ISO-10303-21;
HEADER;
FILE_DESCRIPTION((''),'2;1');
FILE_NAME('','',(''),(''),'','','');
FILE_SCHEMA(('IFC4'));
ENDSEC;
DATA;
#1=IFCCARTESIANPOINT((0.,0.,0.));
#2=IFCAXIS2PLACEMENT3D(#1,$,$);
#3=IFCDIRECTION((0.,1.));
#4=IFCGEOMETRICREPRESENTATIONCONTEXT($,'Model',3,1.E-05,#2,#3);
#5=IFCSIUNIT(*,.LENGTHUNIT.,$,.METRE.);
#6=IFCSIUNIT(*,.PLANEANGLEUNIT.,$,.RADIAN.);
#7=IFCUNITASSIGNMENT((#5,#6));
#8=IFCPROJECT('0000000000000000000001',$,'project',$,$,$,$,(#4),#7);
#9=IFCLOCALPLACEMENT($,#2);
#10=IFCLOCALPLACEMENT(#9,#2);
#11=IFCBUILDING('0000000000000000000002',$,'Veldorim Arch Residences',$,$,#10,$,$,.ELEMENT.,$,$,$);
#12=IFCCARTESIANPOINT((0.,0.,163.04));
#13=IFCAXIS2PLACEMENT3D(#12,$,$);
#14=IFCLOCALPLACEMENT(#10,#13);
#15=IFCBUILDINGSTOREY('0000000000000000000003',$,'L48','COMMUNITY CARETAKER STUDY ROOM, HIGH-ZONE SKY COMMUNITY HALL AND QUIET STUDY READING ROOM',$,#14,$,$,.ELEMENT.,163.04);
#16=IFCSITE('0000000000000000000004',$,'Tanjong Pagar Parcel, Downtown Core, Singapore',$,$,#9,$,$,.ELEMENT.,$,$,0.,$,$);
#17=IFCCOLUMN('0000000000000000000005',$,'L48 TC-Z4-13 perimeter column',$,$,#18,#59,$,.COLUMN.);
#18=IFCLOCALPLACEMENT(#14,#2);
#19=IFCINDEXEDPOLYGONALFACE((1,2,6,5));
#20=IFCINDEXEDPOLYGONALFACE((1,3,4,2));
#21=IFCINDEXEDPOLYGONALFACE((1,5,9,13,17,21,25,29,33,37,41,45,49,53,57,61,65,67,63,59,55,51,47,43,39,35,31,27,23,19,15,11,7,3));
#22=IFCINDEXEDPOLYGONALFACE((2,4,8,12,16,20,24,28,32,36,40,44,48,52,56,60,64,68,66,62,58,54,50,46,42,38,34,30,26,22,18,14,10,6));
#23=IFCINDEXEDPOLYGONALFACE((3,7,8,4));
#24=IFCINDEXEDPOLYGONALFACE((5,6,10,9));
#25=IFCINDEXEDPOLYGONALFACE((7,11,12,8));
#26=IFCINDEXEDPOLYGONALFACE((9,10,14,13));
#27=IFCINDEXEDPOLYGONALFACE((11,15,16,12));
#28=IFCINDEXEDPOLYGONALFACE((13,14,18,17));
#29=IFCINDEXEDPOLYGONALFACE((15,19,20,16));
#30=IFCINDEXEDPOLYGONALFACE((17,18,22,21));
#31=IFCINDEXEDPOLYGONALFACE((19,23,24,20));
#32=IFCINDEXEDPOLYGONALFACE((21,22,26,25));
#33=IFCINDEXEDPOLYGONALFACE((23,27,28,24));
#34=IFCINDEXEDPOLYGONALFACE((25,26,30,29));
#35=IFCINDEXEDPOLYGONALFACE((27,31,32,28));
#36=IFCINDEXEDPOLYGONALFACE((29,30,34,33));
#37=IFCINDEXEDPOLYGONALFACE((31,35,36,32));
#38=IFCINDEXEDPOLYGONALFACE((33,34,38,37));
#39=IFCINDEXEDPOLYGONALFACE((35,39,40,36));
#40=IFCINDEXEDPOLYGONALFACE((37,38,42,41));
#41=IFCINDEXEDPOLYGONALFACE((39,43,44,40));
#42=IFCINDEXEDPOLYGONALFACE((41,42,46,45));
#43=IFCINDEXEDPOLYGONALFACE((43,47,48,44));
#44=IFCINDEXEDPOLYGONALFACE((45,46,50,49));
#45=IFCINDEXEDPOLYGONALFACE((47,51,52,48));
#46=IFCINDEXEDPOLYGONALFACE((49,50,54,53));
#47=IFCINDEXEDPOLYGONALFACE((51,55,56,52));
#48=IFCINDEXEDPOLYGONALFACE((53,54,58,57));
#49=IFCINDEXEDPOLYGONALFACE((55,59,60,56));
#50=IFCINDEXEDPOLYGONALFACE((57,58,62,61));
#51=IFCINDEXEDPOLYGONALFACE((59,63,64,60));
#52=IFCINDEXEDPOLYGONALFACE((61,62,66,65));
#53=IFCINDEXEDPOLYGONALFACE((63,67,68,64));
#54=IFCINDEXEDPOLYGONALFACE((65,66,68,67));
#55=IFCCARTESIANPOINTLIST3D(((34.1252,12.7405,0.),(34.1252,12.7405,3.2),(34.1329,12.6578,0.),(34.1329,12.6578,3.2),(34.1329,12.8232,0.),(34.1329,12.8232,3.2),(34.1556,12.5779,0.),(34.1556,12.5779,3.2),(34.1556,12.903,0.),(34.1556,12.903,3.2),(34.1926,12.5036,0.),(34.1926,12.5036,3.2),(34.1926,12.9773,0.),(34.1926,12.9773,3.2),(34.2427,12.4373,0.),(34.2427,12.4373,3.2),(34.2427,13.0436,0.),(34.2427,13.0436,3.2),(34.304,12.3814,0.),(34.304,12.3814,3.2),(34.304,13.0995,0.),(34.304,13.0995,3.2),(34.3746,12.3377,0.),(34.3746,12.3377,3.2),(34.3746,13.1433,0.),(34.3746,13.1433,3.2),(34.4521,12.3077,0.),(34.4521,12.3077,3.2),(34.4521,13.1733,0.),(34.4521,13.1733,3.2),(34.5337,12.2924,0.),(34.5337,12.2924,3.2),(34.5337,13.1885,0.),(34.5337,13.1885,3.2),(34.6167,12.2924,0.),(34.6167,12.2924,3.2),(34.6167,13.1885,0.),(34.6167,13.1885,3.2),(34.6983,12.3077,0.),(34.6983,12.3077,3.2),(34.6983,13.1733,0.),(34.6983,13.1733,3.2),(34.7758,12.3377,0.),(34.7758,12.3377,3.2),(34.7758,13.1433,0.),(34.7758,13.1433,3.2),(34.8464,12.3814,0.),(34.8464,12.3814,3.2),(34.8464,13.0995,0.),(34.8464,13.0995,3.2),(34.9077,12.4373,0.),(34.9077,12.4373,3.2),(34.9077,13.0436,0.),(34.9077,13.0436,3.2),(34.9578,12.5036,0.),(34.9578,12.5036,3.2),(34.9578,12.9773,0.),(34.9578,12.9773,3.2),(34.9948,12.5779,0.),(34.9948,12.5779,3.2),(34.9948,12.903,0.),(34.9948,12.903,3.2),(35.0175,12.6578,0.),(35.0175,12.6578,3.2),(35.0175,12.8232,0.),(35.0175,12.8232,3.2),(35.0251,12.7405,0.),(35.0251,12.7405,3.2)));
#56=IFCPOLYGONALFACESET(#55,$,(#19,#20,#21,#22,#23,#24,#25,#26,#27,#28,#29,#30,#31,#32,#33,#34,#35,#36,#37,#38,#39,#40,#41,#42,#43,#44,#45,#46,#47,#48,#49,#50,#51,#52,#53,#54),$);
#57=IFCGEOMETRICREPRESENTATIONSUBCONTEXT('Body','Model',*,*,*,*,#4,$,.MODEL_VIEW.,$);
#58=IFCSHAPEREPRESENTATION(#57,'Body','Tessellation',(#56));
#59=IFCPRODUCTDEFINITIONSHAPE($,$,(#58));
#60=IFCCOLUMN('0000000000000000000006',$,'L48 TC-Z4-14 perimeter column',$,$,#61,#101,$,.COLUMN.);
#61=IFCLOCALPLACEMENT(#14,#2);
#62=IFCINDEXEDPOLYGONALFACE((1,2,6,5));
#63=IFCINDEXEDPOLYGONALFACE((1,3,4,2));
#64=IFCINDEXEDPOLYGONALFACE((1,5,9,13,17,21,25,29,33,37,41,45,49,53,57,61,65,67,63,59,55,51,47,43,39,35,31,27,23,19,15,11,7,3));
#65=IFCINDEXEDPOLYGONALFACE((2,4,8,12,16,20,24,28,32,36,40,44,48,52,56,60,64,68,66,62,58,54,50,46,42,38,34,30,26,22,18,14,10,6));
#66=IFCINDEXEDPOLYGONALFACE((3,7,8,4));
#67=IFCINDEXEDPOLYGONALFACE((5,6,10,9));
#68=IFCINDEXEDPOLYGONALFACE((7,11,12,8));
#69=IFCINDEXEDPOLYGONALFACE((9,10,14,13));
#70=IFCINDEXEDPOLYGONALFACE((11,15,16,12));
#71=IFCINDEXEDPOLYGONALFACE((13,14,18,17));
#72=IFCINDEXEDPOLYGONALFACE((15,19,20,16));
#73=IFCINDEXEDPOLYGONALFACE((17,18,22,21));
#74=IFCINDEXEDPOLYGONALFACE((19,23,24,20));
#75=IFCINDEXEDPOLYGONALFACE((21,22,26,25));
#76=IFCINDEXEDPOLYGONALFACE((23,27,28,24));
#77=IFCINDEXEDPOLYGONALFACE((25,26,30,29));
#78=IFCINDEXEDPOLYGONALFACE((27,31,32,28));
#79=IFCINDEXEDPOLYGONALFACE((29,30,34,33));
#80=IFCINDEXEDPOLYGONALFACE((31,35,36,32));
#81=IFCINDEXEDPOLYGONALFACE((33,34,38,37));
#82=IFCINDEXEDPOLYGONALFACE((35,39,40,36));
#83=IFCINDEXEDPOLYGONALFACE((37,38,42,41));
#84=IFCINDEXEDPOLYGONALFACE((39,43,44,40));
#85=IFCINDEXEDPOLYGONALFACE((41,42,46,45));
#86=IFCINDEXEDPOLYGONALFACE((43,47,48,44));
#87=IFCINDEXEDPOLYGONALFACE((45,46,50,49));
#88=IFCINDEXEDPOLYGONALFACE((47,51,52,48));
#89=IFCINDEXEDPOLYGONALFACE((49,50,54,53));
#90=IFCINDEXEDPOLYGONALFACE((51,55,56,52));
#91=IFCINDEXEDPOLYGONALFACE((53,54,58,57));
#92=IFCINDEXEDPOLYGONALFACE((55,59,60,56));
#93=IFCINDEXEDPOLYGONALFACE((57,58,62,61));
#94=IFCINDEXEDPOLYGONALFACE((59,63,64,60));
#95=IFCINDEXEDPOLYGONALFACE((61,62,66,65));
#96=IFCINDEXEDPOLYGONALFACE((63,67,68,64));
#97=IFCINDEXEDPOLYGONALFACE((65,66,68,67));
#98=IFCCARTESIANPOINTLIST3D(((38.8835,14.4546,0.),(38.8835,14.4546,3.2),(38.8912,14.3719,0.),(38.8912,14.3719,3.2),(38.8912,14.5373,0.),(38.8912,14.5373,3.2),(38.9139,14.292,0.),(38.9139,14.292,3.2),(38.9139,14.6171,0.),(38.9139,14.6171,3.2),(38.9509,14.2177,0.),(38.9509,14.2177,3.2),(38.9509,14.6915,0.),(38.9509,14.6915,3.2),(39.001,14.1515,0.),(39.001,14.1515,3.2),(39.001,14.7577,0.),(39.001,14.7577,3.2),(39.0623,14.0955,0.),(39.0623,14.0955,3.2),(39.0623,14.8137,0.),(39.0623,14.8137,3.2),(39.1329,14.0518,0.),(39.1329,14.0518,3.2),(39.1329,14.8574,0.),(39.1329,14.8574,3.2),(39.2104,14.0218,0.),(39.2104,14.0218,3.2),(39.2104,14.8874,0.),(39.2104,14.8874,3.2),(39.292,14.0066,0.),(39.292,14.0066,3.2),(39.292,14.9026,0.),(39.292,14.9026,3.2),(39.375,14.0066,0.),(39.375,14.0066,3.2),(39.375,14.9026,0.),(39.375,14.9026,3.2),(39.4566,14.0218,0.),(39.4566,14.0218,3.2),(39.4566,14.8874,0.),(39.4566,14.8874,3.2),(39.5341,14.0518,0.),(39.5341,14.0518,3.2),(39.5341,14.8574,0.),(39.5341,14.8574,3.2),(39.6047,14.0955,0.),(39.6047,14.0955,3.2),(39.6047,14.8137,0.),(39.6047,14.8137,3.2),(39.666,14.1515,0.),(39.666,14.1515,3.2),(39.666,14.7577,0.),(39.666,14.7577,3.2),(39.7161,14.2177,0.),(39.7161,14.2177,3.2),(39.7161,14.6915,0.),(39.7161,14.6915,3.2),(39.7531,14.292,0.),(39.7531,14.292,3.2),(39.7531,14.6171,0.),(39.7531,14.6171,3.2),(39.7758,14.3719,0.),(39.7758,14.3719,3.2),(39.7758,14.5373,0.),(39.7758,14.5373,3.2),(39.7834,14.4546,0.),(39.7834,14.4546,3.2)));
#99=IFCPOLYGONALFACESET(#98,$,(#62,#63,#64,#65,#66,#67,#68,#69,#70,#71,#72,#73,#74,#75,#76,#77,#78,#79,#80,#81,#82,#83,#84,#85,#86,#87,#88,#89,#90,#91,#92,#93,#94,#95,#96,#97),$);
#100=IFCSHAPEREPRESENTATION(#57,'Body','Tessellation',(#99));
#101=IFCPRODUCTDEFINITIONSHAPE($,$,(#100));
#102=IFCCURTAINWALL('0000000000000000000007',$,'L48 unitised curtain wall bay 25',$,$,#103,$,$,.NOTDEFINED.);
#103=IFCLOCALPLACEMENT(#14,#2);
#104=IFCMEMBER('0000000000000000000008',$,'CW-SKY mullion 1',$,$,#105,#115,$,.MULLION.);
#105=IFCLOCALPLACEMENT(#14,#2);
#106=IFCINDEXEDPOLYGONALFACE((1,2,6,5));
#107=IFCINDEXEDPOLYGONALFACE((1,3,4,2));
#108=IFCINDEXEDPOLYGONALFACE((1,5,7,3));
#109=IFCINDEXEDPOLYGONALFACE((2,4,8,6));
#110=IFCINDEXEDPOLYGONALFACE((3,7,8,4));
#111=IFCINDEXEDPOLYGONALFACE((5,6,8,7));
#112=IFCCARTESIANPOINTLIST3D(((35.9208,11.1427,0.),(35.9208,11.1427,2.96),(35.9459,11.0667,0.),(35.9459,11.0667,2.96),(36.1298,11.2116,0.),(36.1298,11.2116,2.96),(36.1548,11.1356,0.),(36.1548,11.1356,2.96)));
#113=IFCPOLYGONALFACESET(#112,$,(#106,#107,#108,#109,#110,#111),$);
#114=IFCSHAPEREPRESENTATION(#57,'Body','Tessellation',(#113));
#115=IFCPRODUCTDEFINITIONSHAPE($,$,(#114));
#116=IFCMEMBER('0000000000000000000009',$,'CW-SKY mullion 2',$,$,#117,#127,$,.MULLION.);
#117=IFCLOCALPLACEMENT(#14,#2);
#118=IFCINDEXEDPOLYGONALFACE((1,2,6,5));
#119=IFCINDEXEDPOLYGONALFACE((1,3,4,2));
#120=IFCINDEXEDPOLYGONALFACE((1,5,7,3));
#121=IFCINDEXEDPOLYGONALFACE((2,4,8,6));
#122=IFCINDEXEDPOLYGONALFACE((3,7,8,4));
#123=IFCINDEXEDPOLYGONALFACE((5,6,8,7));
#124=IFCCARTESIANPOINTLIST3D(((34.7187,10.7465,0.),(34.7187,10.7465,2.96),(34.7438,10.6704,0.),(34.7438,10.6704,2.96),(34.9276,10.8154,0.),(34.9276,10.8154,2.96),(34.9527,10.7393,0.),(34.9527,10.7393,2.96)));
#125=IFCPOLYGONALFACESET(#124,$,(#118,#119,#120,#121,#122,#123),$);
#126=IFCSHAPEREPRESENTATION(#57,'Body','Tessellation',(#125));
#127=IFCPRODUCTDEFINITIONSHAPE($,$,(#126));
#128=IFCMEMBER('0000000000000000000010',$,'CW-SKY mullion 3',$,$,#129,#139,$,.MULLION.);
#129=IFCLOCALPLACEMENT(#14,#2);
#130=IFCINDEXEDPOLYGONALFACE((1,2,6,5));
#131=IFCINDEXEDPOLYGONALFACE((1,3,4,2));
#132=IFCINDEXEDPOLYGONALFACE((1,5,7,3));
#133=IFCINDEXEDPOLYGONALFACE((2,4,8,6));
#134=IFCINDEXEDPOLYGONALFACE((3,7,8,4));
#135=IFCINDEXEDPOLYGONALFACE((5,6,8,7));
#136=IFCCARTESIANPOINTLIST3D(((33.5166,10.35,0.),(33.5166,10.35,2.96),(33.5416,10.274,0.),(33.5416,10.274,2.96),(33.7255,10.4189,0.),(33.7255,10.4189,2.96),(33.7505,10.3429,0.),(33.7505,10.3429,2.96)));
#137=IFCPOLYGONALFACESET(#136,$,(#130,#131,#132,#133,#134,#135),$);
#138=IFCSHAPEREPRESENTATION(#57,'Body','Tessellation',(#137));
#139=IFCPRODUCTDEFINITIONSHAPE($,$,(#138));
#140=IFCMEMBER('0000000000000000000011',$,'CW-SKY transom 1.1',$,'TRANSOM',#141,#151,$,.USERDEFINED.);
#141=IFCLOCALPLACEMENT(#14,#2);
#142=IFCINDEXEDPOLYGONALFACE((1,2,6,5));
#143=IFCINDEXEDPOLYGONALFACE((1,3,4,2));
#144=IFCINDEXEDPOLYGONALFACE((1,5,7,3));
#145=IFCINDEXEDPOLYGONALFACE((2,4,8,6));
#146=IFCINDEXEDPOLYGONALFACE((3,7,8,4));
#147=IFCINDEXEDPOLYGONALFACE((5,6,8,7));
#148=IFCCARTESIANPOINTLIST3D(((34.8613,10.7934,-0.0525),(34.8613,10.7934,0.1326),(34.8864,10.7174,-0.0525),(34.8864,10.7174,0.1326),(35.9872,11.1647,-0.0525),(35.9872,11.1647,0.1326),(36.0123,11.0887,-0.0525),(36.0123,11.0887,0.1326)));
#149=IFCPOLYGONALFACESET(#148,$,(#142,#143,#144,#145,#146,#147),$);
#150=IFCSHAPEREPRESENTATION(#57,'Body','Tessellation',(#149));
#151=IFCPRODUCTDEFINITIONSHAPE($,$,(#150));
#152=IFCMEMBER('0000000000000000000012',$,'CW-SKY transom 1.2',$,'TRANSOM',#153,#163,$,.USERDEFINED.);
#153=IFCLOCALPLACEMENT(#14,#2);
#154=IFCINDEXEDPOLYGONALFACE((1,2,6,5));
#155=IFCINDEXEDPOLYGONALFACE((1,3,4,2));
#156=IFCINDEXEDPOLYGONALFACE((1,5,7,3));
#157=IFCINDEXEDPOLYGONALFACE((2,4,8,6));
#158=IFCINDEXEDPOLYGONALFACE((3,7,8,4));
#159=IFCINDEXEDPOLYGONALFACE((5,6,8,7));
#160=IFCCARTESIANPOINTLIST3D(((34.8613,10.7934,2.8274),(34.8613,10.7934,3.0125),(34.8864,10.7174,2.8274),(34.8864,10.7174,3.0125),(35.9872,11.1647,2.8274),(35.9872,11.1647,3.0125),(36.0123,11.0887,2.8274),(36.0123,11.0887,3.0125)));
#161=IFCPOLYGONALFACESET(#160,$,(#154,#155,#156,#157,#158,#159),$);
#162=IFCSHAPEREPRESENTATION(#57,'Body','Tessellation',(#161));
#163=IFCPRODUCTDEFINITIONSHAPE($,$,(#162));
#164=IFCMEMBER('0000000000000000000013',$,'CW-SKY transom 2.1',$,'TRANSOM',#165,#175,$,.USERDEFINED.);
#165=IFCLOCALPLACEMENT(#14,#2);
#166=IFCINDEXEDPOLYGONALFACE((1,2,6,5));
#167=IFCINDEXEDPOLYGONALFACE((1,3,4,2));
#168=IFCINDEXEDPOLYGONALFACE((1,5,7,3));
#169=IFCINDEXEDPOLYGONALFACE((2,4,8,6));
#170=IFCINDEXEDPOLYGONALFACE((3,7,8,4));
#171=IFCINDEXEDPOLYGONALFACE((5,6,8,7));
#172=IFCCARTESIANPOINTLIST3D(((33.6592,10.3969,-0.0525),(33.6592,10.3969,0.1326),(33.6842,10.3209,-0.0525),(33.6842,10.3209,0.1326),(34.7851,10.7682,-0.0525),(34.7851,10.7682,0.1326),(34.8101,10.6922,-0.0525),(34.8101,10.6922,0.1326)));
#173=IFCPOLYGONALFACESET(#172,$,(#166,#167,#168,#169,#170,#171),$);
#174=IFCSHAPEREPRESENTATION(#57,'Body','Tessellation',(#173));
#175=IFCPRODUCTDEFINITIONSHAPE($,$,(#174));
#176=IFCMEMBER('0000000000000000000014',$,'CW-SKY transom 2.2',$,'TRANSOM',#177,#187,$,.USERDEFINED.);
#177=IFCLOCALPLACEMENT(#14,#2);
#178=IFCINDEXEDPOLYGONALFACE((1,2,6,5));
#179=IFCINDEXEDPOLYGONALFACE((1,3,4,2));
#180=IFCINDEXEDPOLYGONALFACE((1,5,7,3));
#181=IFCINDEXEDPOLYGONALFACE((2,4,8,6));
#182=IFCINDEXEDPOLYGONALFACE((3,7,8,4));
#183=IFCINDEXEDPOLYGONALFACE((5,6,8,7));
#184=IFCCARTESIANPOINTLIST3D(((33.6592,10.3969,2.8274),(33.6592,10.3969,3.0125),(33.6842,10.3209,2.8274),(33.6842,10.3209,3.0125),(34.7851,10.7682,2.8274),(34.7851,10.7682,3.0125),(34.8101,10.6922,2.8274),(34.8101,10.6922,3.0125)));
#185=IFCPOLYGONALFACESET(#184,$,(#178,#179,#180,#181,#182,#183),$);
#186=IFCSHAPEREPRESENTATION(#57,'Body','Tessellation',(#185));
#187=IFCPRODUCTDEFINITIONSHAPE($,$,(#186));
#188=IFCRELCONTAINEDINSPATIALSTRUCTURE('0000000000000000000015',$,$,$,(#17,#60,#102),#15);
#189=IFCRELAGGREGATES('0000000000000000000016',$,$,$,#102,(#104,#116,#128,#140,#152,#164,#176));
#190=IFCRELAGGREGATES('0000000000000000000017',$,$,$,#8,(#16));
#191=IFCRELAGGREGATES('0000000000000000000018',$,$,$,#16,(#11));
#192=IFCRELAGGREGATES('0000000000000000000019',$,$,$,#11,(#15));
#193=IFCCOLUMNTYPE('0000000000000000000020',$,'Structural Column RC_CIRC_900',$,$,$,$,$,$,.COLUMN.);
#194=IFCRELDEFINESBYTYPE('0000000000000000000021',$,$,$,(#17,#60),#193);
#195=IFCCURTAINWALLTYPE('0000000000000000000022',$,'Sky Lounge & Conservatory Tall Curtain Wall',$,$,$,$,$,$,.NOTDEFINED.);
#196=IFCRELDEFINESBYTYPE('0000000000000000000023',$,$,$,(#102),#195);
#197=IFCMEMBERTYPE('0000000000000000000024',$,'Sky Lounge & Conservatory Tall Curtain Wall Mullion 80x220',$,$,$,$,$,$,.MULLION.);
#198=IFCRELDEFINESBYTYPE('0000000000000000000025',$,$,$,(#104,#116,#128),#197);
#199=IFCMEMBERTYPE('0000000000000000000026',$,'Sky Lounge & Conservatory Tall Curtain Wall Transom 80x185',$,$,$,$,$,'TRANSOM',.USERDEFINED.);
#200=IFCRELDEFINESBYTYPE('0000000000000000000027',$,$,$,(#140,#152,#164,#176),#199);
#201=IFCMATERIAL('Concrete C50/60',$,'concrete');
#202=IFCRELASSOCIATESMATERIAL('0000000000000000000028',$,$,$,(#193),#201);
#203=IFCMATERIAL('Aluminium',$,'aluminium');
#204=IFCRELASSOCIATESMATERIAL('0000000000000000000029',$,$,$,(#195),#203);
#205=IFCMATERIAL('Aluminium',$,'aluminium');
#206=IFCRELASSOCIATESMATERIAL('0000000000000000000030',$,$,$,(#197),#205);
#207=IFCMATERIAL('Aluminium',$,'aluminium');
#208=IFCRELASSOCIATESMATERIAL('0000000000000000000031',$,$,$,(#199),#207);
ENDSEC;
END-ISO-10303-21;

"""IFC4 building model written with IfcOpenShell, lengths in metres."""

from ifc_helpers import new_model, si_unit, direction, frame, origin, origin_2d, place, context, subcontext, project, spatial, rectangle, circle, extrude, material, material_profile, profile_set, type_object, element, aggregate, save


model = new_model("IFC4")

# Units and contexts
model_context = context("Model", 3, precision=1e-05, world=origin(), true_north=direction((0.0, 1.0)))
body_context = subcontext(model_context, "Body", "Model", "MODEL_VIEW")
ifc_project = project(units=[si_unit("LENGTHUNIT", "METRE"), si_unit("PLANEANGLEUNIT", "RADIAN")], contexts=[model_context])

# Site, building, storey
site_placement = place(None, origin())
site = spatial("IfcSite", under=ifc_project, at=site_placement, Name="Tanjong Pagar Parcel, Downtown Core, Singapore", CompositionType="ELEMENT", RefElevation=0.0)
building_placement = place(site_placement, origin())
building = spatial("IfcBuilding", under=site, at=building_placement, Name="Veldorim Arch Residences", CompositionType="ELEMENT")
storey_placement = place(building_placement, frame((0.0, 0.0, 163.04)))
storey = spatial("IfcBuildingStorey", under=building, at=storey_placement, Name="L48", Description="COMMUNITY CARETAKER STUDY ROOM, HIGH-ZONE SKY COMMUNITY HALL AND QUIET STUDY READING ROOM", CompositionType="ELEMENT", Elevation=163.04)

# Columns
ifc_material_1 = material(Name="Concrete C50/60", Category="concrete")
ifc_material_profile_1 = material_profile(ifc_material_1, circle(Radius=0.45, at=origin_2d()), Name="RC_CIRC_900")
ifc_profile_set_1 = profile_set([ifc_material_profile_1], Name="Concrete C50/60")
column_type = type_object("IfcColumnType", Name="Structural Column RC_CIRC_900", PredefinedType="COLUMN", material=ifc_profile_set_1)
for number, where, z_axis, x_axis, name in (
    (1, (34.5752, 12.7405, 0.0), (0.0, 0.0, 1.0), (1.0, 0.0, 0.0), "L48 TC-Z4-13 perimeter column"),
    (2, (39.3335, 14.4546, 0.0), (0.0, 0.0, 1.0), (1.0, 0.0, 0.0), "L48 TC-Z4-14 perimeter column"),
):
    element("IfcColumn", number, at=place(storey_placement, frame(where, z_axis=z_axis, x_axis=x_axis)), inside=storey, type_object=column_type, Name=name, PredefinedType="COLUMN", context=body_context, shape_type="SweptSolid", body=[
        extrude(circle(Radius=0.45, at=origin_2d()), origin(), (0.0, 0.0, 1.0), 3.2),
    ])

# Curtain wall, members
ifc_material_2 = material(Name="Aluminium", Category="aluminium")
curtain_wall_type = type_object("IfcCurtainWallType", Name="Sky Lounge & Conservatory Tall Curtain Wall", PredefinedType="NOTDEFINED", material=ifc_material_2)
curtain_wall_placement = place(storey_placement, origin())
curtain_wall = element("IfcCurtainWall", 3, at=curtain_wall_placement, inside=storey, type_object=curtain_wall_type, Name="L48 unitised curtain wall bay 25", PredefinedType="NOTDEFINED")
ifc_material_3 = material(Name="Aluminium", Category="aluminium")
ifc_material_profile_2 = material_profile(ifc_material_3, rectangle(XDim=0.0801, YDim=0.22, at=origin_2d()), Name="ALU_MUL_80x220")
ifc_profile_set_2 = profile_set([ifc_material_profile_2], Name="Aluminium")
member_type_1 = type_object("IfcMemberType", Name="Sky Lounge & Conservatory Tall Curtain Wall Mullion 80x220", PredefinedType="MULLION", material=ifc_profile_set_2)
member_1_placement = place(storey_placement, frame((36.0378, 11.1392, 0.0), z_axis=(0.0, 0.0, 1.0), x_axis=(0.313182, -0.949693, 0.0)))
member_1 = element("IfcMember", 4, at=member_1_placement, type_object=member_type_1, Name="CW-SKY mullion 1", PredefinedType="MULLION", context=body_context, shape_type="SweptSolid", body=[
    extrude(rectangle(XDim=0.0801, YDim=0.22, at=origin_2d()), origin(), (0.0, 0.0, 1.0), 2.96),
])
member_2_placement = place(storey_placement, frame((34.8357, 10.7429, 0.0), z_axis=(0.0, 0.0, 1.0), x_axis=(0.313182, -0.949693, 0.0)))
member_2 = element("IfcMember", 5, at=member_2_placement, type_object=member_type_1, Name="CW-SKY mullion 2", PredefinedType="MULLION", context=body_context, shape_type="SweptSolid", body=[
    extrude(rectangle(XDim=0.0801, YDim=0.22, at=origin_2d()), origin(), (0.0, 0.0, 1.0), 2.96),
])
member_3_placement = place(storey_placement, frame((33.6335, 10.3464, 0.0), z_axis=(0.0, 0.0, 1.0), x_axis=(0.313182, -0.949693, 0.0)))
member_3 = element("IfcMember", 6, at=member_3_placement, type_object=member_type_1, Name="CW-SKY mullion 3", PredefinedType="MULLION", context=body_context, shape_type="SweptSolid", body=[
    extrude(rectangle(XDim=0.0801, YDim=0.22, at=origin_2d()), origin(), (0.0, 0.0, 1.0), 2.96),
])
ifc_material_4 = material(Name="Aluminium", Category="aluminium")
ifc_material_profile_3 = material_profile(ifc_material_4, rectangle(XDim=0.0801, YDim=0.1851, at=origin_2d()), Name="ALU_TRN_80x185")
ifc_profile_set_3 = profile_set([ifc_material_profile_3], Name="Aluminium")
member_type_2 = type_object("IfcMemberType", Name="Sky Lounge & Conservatory Tall Curtain Wall Transom 80x185", ElementType="TRANSOM", PredefinedType="USERDEFINED", material=ifc_profile_set_3)
member_4_placement = place(storey_placement, frame((35.9998, 11.1267, 0.04), z_axis=(-0.949687, -0.313199, 0.0), x_axis=(0.313199, -0.949687, 0.0)))
member_4 = element("IfcMember", 7, at=member_4_placement, type_object=member_type_2, Name="CW-SKY transom 1.1", ObjectType="TRANSOM", PredefinedType="USERDEFINED", context=body_context, shape_type="SweptSolid", body=[
    extrude(rectangle(XDim=0.0801, YDim=0.1851, at=origin_2d()), origin(), (0.0, 0.0, 1.0), 1.1855),
])
member_5_placement = place(storey_placement, frame((35.9998, 11.1267, 2.9199), z_axis=(-0.949687, -0.313199, 0.0), x_axis=(0.313199, -0.949687, 0.0)))
member_5 = element("IfcMember", 8, at=member_5_placement, type_object=member_type_2, Name="CW-SKY transom 1.2", ObjectType="TRANSOM", PredefinedType="USERDEFINED", context=body_context, shape_type="SweptSolid", body=[
    extrude(rectangle(XDim=0.0801, YDim=0.1851, at=origin_2d()), origin(), (0.0, 0.0, 1.0), 1.1855),
])
member_6_placement = place(storey_placement, frame((34.7976, 10.7302, 0.04), z_axis=(-0.949687, -0.313199, 0.0), x_axis=(0.313199, -0.949687, 0.0)))
member_6 = element("IfcMember", 9, at=member_6_placement, type_object=member_type_2, Name="CW-SKY transom 2.1", ObjectType="TRANSOM", PredefinedType="USERDEFINED", context=body_context, shape_type="SweptSolid", body=[
    extrude(rectangle(XDim=0.0801, YDim=0.1851, at=origin_2d()), origin(), (0.0, 0.0, 1.0), 1.1855),
])
member_7_placement = place(storey_placement, frame((34.7976, 10.7302, 2.9199), z_axis=(-0.949687, -0.313199, 0.0), x_axis=(0.313199, -0.949687, 0.0)))
member_7 = element("IfcMember", 10, at=member_7_placement, type_object=member_type_2, Name="CW-SKY transom 2.2", ObjectType="TRANSOM", PredefinedType="USERDEFINED", context=body_context, shape_type="SweptSolid", body=[
    extrude(rectangle(XDim=0.0801, YDim=0.1851, at=origin_2d()), origin(), (0.0, 0.0, 1.0), 1.1855),
])

aggregate(curtain_wall, [member_1, member_2, member_3, member_4, member_5, member_6, member_7])

save(model, "model.ifc")
